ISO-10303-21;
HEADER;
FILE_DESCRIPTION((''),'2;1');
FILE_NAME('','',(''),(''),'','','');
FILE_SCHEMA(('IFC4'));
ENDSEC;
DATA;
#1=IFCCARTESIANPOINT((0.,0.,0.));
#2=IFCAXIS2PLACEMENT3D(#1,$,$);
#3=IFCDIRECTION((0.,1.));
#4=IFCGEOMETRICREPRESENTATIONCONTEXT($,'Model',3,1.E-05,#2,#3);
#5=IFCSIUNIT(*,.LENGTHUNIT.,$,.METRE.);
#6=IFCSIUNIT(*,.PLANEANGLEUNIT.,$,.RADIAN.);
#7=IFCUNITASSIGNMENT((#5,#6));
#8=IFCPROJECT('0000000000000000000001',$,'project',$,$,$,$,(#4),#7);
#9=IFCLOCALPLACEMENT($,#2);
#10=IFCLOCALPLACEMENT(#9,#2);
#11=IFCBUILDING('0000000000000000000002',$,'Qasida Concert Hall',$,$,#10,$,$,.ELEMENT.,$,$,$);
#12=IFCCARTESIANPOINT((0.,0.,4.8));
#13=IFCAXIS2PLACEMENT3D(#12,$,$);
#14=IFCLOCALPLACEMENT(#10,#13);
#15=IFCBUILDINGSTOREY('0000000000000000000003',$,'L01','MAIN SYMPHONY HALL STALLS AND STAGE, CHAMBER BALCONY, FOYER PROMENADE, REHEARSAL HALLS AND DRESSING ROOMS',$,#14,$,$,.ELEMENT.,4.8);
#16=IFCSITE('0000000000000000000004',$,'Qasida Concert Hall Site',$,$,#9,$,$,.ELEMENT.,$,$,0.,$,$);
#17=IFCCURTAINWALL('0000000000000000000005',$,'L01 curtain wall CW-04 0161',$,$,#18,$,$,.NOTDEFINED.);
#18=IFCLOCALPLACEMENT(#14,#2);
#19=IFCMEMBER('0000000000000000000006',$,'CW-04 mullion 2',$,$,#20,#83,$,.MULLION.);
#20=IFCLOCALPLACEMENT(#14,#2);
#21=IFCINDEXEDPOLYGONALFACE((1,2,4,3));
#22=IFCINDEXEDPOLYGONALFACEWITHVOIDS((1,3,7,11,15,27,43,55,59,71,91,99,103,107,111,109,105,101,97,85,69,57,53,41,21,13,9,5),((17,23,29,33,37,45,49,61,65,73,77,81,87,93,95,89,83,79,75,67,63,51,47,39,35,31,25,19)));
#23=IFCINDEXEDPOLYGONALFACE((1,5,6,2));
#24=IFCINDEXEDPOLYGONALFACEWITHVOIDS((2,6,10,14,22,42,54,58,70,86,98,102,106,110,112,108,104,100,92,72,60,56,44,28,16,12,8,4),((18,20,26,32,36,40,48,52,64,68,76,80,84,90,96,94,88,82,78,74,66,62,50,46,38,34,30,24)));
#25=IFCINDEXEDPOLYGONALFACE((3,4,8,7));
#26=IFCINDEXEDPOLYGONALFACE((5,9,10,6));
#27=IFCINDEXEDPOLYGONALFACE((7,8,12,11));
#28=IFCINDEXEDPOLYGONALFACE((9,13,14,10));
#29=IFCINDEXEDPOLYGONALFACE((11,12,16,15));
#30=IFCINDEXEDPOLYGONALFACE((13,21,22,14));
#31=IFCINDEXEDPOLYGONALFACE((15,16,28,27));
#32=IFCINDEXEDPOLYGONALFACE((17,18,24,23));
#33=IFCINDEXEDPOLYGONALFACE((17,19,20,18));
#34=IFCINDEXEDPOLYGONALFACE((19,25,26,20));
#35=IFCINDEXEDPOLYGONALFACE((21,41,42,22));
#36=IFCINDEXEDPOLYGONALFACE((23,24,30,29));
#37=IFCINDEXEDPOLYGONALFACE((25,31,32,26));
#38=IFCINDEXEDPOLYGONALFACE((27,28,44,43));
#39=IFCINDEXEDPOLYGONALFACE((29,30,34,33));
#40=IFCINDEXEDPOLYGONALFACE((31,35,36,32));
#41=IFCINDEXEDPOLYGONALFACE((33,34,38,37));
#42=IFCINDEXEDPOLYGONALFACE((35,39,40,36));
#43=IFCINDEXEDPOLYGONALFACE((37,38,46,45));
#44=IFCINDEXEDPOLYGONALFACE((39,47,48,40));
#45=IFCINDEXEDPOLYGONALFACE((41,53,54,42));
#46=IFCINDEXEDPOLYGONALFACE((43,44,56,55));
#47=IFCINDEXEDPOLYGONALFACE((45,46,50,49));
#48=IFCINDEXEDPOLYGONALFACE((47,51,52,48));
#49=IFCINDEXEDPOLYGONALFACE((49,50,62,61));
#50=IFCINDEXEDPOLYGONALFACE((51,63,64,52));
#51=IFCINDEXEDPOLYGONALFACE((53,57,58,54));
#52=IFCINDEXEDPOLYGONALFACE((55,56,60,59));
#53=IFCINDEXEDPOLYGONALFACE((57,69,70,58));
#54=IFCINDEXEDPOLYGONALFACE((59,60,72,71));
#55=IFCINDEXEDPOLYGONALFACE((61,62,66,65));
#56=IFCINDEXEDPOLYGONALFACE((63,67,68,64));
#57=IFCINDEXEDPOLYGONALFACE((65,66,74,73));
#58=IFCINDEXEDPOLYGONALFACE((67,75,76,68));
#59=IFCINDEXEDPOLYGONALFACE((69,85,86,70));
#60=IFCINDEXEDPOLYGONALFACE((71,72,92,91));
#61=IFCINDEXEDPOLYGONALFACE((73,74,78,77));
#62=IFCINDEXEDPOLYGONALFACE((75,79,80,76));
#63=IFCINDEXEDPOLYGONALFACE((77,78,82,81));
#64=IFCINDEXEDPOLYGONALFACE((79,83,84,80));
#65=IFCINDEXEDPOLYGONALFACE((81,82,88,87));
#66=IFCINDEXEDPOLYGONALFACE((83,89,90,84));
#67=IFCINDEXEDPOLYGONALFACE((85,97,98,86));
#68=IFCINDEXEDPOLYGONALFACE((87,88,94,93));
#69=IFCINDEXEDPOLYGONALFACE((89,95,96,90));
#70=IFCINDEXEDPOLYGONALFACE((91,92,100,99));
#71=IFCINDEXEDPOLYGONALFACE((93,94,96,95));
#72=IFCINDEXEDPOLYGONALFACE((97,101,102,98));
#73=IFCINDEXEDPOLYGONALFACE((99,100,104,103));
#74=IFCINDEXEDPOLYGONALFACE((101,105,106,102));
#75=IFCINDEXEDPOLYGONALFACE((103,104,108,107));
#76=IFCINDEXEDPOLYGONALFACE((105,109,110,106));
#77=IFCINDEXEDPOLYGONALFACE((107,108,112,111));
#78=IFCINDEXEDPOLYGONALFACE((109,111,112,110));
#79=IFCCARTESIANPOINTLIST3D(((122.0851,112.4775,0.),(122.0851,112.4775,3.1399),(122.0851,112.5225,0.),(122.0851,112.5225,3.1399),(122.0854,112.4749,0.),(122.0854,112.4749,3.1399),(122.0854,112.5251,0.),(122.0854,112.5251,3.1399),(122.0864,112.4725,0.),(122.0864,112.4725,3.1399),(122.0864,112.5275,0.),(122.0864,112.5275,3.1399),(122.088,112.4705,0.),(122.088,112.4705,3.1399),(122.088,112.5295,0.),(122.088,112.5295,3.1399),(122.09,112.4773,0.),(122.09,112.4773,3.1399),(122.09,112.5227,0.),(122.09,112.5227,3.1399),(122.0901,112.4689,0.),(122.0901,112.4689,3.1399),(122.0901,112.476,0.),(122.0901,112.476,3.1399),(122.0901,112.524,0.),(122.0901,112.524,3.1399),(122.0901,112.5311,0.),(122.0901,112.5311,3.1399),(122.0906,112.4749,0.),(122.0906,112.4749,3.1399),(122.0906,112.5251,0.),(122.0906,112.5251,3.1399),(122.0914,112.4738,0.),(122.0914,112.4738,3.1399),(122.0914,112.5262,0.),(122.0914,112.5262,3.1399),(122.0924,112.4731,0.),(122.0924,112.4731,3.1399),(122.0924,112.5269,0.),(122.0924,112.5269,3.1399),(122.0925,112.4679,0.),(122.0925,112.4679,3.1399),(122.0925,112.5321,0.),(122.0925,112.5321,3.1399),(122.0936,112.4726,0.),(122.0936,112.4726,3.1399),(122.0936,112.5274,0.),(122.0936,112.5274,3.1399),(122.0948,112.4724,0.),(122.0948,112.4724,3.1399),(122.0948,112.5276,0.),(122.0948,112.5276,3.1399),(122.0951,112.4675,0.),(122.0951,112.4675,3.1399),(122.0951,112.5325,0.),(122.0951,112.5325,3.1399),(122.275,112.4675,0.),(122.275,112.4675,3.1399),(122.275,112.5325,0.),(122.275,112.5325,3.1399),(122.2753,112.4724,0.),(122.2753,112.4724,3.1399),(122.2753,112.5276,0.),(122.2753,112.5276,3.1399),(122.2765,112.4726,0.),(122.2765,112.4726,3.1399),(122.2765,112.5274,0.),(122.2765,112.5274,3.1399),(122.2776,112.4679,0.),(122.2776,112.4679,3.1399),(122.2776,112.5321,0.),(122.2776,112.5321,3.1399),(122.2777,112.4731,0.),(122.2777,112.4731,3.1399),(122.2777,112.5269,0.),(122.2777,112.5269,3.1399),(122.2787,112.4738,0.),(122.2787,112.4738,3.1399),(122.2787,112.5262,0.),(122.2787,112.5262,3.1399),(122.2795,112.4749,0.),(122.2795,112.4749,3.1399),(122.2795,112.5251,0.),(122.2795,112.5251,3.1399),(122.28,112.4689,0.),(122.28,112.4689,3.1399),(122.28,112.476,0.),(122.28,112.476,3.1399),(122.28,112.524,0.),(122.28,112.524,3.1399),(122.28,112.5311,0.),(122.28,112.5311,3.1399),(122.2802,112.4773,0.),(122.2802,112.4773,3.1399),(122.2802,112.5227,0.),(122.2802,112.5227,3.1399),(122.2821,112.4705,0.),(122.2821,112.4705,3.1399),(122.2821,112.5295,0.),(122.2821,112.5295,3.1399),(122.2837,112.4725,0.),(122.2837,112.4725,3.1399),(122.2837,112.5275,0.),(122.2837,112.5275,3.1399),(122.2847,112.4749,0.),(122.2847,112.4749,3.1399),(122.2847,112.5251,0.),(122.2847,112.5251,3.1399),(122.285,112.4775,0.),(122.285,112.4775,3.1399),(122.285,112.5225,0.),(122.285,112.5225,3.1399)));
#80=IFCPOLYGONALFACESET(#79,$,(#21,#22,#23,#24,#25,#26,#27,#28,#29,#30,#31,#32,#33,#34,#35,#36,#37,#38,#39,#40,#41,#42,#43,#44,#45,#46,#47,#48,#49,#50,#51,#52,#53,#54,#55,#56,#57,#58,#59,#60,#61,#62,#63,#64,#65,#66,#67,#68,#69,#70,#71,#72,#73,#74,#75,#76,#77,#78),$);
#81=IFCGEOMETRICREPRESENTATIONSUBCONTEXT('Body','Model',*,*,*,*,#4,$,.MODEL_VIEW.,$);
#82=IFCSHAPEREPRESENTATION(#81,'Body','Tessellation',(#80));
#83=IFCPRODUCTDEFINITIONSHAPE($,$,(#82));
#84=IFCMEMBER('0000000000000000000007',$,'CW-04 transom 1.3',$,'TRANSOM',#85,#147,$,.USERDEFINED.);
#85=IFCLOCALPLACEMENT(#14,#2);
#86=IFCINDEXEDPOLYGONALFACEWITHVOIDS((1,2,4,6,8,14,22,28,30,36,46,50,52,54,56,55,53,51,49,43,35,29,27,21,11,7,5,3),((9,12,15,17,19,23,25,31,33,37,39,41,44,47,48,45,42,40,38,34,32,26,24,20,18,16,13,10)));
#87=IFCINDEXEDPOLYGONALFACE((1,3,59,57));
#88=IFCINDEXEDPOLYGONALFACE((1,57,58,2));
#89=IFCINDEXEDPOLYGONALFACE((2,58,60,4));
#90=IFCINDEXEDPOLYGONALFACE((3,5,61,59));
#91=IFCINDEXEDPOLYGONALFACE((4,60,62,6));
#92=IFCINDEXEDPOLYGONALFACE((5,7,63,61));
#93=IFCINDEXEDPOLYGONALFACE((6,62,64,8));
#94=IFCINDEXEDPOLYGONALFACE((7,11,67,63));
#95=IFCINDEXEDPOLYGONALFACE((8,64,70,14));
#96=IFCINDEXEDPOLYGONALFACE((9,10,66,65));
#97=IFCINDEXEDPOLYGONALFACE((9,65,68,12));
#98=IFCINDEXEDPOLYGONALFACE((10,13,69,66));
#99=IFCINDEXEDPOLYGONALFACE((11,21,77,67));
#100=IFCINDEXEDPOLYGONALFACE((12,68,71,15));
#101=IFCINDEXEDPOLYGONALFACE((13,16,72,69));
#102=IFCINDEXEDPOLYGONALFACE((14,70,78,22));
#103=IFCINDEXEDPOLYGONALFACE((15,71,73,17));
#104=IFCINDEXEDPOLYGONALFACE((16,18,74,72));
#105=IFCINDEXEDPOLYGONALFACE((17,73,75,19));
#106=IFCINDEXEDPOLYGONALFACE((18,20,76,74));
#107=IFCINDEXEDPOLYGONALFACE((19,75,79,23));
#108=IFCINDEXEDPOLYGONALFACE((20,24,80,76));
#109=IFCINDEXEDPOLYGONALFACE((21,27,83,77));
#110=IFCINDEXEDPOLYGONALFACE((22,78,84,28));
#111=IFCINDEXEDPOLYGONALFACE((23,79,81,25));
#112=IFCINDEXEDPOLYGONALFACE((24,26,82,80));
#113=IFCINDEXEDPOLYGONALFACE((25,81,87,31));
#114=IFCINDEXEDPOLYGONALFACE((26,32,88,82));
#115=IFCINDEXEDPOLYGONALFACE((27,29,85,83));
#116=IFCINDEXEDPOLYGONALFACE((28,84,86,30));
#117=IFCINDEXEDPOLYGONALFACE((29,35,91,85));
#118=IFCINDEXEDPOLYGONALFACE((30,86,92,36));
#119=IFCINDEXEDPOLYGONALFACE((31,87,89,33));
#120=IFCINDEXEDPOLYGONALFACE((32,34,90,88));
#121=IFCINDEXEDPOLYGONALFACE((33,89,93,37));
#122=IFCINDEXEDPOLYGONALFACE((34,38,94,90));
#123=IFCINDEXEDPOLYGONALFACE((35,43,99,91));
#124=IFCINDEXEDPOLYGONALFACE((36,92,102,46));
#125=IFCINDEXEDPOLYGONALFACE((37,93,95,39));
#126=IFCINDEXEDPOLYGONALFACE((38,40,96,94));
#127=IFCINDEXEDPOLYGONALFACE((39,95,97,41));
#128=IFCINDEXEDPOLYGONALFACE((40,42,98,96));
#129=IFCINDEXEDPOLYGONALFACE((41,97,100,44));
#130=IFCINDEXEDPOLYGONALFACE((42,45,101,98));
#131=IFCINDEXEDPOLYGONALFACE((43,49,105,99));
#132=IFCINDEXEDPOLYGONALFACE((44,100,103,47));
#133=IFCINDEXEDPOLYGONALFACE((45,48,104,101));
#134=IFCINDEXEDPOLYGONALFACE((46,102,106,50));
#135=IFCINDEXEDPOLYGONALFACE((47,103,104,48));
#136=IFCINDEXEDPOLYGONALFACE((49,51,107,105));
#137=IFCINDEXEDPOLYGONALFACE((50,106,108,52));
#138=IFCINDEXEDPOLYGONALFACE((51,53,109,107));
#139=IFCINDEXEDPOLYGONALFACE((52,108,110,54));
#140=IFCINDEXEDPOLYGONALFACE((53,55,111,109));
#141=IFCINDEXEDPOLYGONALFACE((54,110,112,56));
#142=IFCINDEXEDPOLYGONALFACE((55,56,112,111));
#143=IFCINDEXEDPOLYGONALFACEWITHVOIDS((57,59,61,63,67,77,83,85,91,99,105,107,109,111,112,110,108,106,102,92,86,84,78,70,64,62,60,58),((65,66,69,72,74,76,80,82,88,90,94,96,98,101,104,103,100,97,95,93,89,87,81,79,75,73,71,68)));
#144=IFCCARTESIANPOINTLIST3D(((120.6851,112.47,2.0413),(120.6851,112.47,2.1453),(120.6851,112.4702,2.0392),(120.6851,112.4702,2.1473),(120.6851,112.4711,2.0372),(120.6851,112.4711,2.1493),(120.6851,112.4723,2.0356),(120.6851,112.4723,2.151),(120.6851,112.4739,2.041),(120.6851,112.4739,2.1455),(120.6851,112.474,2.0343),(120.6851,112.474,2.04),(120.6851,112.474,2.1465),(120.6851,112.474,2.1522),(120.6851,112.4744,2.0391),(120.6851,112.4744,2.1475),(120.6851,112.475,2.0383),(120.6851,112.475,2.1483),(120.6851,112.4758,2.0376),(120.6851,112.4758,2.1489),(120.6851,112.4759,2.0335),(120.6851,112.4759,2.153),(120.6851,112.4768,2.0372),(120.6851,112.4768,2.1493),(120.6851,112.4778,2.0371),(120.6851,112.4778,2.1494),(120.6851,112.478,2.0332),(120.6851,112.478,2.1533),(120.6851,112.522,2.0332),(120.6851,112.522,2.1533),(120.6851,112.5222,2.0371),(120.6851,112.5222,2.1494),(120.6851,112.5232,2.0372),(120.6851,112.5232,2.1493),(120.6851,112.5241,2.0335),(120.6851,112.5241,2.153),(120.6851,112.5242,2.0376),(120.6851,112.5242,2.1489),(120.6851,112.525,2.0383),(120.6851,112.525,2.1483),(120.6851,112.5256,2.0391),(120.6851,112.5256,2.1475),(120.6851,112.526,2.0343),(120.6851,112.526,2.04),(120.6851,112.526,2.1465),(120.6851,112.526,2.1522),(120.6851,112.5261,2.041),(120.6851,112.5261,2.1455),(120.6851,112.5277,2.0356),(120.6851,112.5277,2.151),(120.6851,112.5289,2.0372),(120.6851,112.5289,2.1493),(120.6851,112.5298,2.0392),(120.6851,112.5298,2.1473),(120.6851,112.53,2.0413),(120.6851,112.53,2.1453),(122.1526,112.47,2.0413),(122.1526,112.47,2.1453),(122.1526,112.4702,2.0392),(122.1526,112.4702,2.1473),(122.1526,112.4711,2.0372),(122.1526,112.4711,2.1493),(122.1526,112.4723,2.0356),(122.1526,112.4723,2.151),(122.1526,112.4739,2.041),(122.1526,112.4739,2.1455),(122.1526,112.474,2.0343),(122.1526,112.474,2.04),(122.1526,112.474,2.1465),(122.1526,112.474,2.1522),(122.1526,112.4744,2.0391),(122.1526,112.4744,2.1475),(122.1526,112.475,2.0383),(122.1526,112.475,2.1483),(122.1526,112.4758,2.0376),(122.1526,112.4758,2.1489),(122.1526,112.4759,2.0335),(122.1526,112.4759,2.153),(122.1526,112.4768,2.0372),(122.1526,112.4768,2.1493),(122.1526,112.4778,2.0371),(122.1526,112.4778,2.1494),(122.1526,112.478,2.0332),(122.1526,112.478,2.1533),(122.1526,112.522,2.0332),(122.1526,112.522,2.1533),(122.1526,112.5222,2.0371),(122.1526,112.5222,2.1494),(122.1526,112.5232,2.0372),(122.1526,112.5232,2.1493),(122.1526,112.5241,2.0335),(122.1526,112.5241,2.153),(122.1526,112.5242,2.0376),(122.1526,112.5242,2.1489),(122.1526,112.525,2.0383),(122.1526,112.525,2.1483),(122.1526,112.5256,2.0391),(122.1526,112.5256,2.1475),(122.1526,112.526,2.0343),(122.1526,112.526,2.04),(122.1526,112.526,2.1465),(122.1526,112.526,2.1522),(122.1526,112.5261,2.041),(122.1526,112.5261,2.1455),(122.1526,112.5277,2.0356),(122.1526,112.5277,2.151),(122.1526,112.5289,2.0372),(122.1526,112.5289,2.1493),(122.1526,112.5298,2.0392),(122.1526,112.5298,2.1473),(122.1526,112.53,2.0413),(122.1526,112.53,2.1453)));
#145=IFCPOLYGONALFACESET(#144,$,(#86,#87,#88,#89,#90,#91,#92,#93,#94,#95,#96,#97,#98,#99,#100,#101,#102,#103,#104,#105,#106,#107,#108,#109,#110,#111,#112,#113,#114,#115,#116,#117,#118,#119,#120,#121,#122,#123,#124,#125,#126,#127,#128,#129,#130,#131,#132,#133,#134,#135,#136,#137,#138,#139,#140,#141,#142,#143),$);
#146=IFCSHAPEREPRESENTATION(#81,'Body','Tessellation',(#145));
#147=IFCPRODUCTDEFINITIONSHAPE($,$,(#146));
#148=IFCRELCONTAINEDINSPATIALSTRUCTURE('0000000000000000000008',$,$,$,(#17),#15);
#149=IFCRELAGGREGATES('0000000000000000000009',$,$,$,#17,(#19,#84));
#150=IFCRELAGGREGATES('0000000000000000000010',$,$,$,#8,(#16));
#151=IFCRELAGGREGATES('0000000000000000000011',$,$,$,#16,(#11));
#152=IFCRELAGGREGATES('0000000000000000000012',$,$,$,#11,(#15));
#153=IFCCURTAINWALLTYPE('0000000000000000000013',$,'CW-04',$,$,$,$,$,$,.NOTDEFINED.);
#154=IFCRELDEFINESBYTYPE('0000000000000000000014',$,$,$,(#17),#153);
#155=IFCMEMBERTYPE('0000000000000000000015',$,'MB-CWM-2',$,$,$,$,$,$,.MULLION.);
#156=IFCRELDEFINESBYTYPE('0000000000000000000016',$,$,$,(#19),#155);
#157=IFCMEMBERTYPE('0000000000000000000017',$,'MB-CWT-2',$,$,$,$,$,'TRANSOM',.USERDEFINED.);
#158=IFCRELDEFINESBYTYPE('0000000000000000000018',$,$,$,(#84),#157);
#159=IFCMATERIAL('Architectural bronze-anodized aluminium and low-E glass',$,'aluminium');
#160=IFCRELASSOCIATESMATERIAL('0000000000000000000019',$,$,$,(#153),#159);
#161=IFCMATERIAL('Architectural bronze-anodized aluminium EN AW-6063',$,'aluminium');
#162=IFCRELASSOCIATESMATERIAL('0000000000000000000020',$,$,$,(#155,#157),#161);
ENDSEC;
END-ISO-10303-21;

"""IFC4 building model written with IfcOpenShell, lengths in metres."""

from ifc_helpers import new_model, si_unit, direction, frame, origin, origin_2d, place, context, subcontext, project, spatial, hollow_rectangle, extrude, material, material_profile, profile_set, type_object, element, aggregate, save


model = new_model("IFC4")

# Units and contexts
model_context = context("Model", 3, precision=1e-05, world=origin(), true_north=direction((0.0, 1.0)))
body_context = subcontext(model_context, "Body", "Model", "MODEL_VIEW")
ifc_project = project(units=[si_unit("LENGTHUNIT", "METRE"), si_unit("PLANEANGLEUNIT", "RADIAN")], contexts=[model_context])

# Site, building, storey
site_placement = place(None, origin())
site = spatial("IfcSite", under=ifc_project, at=site_placement, Name="Qasida Concert Hall Site", CompositionType="ELEMENT", RefElevation=0.0)
building_placement = place(site_placement, origin())
building = spatial("IfcBuilding", under=site, at=building_placement, Name="Qasida Concert Hall", CompositionType="ELEMENT")
storey_placement = place(building_placement, frame((0.0, 0.0, 4.8)))
storey = spatial("IfcBuildingStorey", under=building, at=storey_placement, Name="L01", Description="MAIN SYMPHONY HALL STALLS AND STAGE, CHAMBER BALCONY, FOYER PROMENADE, REHEARSAL HALLS AND DRESSING ROOMS", CompositionType="ELEMENT", Elevation=4.8)

# Curtain wall, members
ifc_material_1 = material(Name="Architectural bronze-anodized aluminium and low-E glass", Category="aluminium")
curtain_wall_type = type_object("IfcCurtainWallType", Name="CW-04", PredefinedType="NOTDEFINED", material=ifc_material_1)
curtain_wall_placement = place(storey_placement, origin())
curtain_wall = element("IfcCurtainWall", 1, at=curtain_wall_placement, inside=storey, type_object=curtain_wall_type, Name="L01 curtain wall CW-04 0161", PredefinedType="NOTDEFINED")
ifc_material_2 = material(Name="Architectural bronze-anodized aluminium EN AW-6063", Category="aluminium")
ifc_material_profile_1 = material_profile(ifc_material_2, hollow_rectangle(XDim=0.0649, YDim=0.2, WallThickness=0.0049, InnerFilletRadius=0.0049, OuterFilletRadius=0.01, at=origin_2d()), Name="CWM 200x65x5")
ifc_profile_set_1 = profile_set([ifc_material_profile_1], Name="Architectural bronze-anodized aluminium EN AW-6063")
member_type_1 = type_object("IfcMemberType", Name="MB-CWM-2", PredefinedType="MULLION", material=ifc_profile_set_1)
member_1_placement = place(storey_placement, frame((122.1851, 112.5, 0.0), z_axis=(0.0, 0.0, 1.0), x_axis=(0.0, 1.0, 0.0)))
member_1 = element("IfcMember", 2, at=member_1_placement, type_object=member_type_1, Name="CW-04 mullion 2", PredefinedType="MULLION", context=body_context, shape_type="SweptSolid", body=[
    extrude(hollow_rectangle(XDim=0.0649, YDim=0.2, WallThickness=0.0049, InnerFilletRadius=0.0049, OuterFilletRadius=0.01, at=origin_2d()), origin(), (0.0, 0.0, 1.0), 3.1399),
])
ifc_material_profile_2 = material_profile(ifc_material_2, hollow_rectangle(XDim=0.0601, YDim=0.1201, WallThickness=0.0039, InnerFilletRadius=0.0039, OuterFilletRadius=0.0081, at=origin_2d()), Name="CWT 120x60x4")
ifc_profile_set_2 = profile_set([ifc_material_profile_2], Name="Architectural bronze-anodized aluminium EN AW-6063")
member_type_2 = type_object("IfcMemberType", Name="MB-CWT-2", ElementType="TRANSOM", PredefinedType="USERDEFINED", material=ifc_profile_set_2)
member_2_placement = place(storey_placement, frame((120.6851, 112.5, 2.0933), z_axis=(1.0, 0.0, 0.0), x_axis=(0.0, 1.0, 0.0)))
member_2 = element("IfcMember", 3, at=member_2_placement, type_object=member_type_2, Name="CW-04 transom 1.3", ObjectType="TRANSOM", PredefinedType="USERDEFINED", context=body_context, shape_type="SweptSolid", body=[
    extrude(hollow_rectangle(XDim=0.0601, YDim=0.1201, WallThickness=0.0039, InnerFilletRadius=0.0039, OuterFilletRadius=0.0081, at=origin_2d()), origin(), (0.0, 0.0, 1.0), 1.4675),
])
aggregate(curtain_wall, [member_1, member_2])

save(model, "model.ifc")
